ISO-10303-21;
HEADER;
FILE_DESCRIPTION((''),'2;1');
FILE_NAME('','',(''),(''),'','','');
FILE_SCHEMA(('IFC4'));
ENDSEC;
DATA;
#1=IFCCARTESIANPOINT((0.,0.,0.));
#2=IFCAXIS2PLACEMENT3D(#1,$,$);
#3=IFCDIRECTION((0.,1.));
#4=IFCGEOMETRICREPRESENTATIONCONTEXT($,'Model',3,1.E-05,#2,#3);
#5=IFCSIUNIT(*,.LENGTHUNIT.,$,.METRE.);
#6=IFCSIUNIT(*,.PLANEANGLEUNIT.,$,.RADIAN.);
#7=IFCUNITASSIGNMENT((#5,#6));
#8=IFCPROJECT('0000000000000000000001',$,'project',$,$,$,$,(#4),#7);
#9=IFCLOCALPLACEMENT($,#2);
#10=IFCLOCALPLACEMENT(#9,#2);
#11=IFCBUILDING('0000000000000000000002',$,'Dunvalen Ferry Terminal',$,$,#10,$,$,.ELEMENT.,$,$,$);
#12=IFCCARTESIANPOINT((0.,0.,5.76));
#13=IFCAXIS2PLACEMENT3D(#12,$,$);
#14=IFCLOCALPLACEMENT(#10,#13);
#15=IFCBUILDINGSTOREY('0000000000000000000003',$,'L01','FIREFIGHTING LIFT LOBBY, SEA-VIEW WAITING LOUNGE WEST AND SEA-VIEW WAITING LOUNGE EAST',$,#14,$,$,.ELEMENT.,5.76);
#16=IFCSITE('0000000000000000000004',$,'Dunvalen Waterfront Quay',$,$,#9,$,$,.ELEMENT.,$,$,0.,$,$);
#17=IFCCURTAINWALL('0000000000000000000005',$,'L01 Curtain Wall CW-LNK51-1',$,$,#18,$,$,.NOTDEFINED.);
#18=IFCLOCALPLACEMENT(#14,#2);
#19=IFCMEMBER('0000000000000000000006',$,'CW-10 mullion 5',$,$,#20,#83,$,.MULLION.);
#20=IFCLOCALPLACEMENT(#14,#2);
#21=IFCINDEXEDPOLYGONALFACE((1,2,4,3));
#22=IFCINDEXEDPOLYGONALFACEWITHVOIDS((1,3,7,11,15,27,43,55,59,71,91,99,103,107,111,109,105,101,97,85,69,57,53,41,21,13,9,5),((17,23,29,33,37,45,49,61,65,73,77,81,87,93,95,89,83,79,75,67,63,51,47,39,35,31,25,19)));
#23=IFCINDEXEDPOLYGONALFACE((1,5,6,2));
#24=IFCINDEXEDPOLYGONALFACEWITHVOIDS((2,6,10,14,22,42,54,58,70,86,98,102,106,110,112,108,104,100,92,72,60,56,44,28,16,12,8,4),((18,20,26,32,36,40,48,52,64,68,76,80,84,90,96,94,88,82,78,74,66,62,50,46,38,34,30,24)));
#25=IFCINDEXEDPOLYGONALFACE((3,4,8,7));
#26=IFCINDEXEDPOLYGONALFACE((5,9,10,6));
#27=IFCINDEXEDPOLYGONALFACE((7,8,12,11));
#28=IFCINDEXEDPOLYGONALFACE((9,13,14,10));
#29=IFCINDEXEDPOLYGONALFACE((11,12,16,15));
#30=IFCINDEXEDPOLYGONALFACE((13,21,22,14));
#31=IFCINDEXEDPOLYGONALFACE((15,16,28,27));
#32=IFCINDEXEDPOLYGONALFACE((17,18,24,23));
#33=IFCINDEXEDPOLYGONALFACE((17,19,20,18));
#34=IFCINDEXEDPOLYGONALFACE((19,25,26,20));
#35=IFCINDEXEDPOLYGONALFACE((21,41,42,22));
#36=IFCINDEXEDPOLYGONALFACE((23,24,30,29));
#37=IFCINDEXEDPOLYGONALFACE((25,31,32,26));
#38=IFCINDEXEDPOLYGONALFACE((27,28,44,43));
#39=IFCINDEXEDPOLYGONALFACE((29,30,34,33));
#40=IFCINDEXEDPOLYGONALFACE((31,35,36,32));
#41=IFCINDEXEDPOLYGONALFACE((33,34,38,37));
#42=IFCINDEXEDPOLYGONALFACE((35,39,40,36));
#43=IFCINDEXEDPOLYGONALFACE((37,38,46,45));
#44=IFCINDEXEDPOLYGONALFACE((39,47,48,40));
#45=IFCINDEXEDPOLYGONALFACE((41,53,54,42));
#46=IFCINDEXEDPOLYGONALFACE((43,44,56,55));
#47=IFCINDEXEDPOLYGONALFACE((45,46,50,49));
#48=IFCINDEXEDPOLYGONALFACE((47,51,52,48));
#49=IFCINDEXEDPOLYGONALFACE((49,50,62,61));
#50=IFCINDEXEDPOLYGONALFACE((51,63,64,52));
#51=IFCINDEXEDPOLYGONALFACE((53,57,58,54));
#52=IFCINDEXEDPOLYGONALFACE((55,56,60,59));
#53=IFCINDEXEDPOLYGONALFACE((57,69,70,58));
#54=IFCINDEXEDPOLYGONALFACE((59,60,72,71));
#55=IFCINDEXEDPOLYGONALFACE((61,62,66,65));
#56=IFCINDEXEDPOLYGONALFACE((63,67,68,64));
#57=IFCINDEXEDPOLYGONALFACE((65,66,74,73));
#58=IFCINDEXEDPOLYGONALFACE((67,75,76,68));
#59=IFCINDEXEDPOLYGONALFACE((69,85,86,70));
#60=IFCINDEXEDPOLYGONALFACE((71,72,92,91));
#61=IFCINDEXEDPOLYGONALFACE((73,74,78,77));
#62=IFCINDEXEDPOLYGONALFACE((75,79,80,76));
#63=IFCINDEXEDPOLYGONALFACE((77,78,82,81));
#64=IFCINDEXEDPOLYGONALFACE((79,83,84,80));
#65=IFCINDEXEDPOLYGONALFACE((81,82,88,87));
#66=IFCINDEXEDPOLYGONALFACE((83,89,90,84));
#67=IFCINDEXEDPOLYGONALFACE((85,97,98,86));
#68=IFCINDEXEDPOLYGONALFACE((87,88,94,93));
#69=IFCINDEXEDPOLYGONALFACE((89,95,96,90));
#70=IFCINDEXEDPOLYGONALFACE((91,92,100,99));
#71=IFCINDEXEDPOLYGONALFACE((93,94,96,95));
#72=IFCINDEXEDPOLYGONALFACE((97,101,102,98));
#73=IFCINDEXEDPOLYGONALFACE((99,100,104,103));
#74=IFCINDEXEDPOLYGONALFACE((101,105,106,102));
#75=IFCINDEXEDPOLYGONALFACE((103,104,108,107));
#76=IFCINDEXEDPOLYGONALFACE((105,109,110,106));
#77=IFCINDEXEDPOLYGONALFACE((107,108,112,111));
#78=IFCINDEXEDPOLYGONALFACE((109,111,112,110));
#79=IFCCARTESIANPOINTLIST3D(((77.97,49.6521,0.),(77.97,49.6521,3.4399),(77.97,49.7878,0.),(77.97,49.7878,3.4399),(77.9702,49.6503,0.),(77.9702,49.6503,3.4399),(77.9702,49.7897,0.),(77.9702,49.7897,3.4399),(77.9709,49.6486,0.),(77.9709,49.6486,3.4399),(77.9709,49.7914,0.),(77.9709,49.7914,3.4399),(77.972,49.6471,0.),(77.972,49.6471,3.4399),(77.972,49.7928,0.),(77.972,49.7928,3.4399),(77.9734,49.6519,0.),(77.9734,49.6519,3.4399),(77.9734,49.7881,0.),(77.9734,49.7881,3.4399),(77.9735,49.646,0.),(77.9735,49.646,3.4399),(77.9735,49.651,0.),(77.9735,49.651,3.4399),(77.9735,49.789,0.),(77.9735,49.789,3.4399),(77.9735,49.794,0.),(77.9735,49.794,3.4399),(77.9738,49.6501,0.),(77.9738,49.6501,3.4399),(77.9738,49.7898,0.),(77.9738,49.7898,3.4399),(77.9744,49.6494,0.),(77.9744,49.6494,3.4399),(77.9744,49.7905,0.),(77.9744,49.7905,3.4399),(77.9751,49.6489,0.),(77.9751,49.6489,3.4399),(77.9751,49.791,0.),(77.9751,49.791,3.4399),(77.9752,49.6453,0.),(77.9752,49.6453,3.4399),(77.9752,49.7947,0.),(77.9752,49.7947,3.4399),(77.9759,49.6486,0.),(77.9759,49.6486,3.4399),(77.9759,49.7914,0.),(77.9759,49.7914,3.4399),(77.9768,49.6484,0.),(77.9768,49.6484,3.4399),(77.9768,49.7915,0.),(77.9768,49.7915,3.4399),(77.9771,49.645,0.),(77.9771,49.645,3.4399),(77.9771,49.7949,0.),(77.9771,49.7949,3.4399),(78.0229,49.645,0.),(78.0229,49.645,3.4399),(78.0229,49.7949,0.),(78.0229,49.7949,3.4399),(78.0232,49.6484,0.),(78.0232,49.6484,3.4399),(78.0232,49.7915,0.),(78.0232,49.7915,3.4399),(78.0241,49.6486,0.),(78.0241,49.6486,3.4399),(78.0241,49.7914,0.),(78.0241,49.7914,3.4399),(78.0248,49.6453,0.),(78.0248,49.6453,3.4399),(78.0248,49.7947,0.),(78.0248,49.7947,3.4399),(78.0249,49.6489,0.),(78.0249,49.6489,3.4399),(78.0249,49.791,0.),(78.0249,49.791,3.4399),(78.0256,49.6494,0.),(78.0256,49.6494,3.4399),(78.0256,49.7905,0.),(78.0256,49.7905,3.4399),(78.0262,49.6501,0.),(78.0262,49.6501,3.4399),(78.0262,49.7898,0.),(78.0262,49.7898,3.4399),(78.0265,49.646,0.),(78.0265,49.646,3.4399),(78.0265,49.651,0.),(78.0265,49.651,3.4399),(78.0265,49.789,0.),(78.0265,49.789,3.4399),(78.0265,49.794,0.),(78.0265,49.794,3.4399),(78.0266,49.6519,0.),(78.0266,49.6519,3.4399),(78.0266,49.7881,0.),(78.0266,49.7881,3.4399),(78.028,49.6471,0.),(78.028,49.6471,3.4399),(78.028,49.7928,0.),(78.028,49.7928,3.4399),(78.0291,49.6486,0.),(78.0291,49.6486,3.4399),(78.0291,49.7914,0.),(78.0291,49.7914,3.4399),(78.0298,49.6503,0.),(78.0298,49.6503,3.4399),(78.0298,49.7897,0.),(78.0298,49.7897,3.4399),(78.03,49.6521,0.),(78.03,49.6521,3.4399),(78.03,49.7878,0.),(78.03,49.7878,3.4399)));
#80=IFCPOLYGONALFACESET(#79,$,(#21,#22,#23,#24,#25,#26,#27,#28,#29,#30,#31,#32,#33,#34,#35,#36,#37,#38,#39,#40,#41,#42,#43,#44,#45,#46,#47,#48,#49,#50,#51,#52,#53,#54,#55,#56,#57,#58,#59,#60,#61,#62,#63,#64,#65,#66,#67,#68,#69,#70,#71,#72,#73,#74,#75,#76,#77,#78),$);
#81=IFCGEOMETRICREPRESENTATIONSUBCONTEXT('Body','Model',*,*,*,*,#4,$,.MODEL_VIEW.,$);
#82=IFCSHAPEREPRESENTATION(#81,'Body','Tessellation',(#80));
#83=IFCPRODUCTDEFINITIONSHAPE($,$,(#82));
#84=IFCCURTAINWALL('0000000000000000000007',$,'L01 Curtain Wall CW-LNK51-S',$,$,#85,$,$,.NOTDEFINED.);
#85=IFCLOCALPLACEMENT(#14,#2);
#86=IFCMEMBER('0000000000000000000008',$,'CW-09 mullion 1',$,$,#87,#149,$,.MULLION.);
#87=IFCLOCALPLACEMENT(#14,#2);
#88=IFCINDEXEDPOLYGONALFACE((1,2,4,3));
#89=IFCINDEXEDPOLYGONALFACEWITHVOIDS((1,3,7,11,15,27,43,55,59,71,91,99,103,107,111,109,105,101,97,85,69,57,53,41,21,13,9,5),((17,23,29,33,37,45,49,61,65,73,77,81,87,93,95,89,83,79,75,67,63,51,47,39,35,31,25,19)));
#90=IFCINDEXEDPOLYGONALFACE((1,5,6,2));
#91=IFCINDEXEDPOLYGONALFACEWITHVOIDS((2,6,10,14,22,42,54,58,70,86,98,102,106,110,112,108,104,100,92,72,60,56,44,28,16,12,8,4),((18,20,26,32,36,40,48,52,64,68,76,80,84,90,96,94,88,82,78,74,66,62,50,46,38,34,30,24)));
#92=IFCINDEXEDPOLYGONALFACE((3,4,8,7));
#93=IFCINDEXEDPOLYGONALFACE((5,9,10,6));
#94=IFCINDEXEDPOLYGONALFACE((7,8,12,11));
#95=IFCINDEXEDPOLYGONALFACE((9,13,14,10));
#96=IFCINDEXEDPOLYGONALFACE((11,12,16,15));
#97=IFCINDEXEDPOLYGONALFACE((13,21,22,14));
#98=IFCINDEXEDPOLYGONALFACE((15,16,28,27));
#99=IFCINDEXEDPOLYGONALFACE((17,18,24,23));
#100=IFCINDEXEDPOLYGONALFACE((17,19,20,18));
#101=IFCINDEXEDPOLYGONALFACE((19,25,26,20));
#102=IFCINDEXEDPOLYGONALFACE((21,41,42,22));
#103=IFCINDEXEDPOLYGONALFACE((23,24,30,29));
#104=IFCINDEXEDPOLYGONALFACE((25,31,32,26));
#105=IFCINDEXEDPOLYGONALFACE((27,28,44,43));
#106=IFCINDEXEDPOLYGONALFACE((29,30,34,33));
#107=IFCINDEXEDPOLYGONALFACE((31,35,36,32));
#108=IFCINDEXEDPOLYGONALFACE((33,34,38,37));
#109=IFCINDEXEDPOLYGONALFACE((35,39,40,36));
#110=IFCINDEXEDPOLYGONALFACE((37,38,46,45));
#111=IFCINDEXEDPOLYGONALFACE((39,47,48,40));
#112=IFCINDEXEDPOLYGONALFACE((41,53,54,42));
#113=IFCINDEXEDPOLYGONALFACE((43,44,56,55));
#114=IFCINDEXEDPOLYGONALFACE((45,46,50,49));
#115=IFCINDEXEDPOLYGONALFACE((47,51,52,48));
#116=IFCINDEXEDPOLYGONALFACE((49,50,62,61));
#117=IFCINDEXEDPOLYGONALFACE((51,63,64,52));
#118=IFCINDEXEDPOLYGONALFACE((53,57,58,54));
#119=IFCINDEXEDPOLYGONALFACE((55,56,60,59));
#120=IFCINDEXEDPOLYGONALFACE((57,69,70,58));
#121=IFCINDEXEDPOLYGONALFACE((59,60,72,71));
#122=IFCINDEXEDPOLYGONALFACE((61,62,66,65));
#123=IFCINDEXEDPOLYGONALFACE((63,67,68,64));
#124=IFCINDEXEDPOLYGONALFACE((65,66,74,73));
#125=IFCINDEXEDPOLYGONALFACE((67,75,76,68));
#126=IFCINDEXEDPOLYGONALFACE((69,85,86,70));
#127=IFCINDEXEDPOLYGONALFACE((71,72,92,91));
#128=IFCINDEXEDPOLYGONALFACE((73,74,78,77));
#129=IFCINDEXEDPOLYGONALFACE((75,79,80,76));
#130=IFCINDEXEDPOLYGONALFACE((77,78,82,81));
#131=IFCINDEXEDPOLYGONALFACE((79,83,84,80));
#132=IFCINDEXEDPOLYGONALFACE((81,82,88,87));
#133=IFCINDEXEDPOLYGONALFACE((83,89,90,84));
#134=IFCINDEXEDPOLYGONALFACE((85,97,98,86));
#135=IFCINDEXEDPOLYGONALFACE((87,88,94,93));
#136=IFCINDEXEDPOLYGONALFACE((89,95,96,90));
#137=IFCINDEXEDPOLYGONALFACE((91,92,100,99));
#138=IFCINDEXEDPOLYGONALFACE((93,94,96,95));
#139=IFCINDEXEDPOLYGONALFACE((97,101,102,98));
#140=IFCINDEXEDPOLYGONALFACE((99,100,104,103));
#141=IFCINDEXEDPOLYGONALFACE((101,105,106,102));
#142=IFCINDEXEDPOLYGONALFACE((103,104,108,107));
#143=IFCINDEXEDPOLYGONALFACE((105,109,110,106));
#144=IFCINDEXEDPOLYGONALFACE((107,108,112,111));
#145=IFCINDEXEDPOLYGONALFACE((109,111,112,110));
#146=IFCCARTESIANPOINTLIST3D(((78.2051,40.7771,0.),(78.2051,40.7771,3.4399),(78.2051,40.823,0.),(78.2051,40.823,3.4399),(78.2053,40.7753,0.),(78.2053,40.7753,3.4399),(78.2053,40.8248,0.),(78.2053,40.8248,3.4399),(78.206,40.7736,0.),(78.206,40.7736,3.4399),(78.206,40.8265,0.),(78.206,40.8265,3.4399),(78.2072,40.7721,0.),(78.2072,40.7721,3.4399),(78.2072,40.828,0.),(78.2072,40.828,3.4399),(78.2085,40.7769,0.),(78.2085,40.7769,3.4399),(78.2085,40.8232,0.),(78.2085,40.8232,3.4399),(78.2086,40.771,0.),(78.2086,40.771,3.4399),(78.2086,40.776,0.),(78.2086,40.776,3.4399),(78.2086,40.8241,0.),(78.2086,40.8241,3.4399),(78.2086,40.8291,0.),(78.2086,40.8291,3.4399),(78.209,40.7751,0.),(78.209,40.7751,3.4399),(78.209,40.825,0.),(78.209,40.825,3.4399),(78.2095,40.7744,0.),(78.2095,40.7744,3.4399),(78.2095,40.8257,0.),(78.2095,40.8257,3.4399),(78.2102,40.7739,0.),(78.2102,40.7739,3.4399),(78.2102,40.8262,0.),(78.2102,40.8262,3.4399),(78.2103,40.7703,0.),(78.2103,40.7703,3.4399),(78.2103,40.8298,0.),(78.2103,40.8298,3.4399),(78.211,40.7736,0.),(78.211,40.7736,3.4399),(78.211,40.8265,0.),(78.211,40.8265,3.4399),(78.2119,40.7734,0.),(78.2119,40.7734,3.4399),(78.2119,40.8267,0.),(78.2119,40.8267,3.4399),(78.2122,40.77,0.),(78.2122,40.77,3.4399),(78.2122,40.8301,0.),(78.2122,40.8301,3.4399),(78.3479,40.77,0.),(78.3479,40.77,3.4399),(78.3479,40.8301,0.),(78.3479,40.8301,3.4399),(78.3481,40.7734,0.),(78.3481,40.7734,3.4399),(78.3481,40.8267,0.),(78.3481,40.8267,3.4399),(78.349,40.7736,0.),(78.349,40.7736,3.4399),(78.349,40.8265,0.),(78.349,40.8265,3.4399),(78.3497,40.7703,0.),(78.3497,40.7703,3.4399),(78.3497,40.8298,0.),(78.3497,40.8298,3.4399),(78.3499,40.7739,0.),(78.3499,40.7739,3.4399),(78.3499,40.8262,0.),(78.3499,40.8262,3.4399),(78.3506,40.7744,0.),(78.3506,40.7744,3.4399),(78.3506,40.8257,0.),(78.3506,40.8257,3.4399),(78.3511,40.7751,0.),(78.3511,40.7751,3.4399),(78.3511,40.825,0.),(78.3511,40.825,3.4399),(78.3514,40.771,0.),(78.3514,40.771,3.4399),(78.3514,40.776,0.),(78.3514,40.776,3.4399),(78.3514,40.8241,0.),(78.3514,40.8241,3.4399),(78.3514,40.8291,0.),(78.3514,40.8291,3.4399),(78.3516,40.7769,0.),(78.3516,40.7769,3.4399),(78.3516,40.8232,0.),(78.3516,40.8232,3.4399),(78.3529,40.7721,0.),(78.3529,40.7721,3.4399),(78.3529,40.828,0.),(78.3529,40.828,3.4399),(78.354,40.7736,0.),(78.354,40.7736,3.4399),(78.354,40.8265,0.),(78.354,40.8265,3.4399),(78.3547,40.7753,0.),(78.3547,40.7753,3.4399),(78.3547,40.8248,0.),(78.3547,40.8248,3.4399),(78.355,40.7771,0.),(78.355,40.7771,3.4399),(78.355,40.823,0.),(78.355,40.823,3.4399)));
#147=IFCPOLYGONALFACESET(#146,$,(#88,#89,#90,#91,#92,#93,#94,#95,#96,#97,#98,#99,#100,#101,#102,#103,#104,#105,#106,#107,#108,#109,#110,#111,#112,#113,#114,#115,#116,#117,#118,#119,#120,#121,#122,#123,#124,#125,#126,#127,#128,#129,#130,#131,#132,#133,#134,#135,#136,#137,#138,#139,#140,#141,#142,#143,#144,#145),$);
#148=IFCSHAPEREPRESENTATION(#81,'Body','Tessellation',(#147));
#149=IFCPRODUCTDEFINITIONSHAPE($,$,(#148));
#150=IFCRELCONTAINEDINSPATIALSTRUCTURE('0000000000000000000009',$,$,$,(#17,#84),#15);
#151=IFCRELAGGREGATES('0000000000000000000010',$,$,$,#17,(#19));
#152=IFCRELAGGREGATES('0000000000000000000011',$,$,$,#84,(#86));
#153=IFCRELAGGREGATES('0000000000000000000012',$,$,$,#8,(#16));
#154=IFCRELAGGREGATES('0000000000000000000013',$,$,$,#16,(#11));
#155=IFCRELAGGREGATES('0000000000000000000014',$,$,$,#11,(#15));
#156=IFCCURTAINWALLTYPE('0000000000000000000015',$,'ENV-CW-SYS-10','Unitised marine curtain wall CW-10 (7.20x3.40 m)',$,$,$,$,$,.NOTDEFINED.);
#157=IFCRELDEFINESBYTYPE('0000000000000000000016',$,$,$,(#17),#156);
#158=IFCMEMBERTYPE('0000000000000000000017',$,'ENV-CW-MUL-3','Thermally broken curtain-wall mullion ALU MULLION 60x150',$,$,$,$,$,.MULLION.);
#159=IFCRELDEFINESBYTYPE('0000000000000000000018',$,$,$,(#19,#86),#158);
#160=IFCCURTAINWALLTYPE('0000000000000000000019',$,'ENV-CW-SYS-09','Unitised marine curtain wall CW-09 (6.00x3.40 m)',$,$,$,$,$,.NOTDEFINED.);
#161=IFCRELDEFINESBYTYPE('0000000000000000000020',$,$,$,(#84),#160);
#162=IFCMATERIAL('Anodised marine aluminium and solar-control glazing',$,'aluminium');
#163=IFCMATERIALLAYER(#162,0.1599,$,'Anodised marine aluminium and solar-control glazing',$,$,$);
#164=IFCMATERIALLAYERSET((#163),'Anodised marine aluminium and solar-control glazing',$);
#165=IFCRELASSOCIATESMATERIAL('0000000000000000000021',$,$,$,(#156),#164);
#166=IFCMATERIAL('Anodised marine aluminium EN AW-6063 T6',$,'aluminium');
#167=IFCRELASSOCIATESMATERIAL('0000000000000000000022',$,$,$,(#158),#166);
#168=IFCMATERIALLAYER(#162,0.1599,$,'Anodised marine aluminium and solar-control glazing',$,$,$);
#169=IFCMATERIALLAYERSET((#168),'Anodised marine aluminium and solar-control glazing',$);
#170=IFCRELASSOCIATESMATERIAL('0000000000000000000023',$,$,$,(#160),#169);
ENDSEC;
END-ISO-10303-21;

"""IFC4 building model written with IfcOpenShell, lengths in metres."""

from ifc_helpers import new_model, si_unit, direction, frame, origin, origin_2d, place, context, subcontext, project, spatial, hollow_rectangle, extrude, material, layer, layer_set, material_profile, profile_set, type_object, element, aggregate, save


model = new_model("IFC4")

# Units and contexts
model_context = context("Model", 3, precision=1e-05, world=origin(), true_north=direction((0.0, 1.0)))
body_context = subcontext(model_context, "Body", "Model", "MODEL_VIEW")
ifc_project = project(units=[si_unit("LENGTHUNIT", "METRE"), si_unit("PLANEANGLEUNIT", "RADIAN")], contexts=[model_context])

# Site, building, storey
site_placement = place(None, origin())
site = spatial("IfcSite", under=ifc_project, at=site_placement, Name="Dunvalen Waterfront Quay", CompositionType="ELEMENT", RefElevation=0.0)
building_placement = place(site_placement, origin())
building = spatial("IfcBuilding", under=site, at=building_placement, Name="Dunvalen Ferry Terminal", CompositionType="ELEMENT")
storey_placement = place(building_placement, frame((0.0, 0.0, 5.76)))
storey = spatial("IfcBuildingStorey", under=building, at=storey_placement, Name="L01", Description="FIREFIGHTING LIFT LOBBY, SEA-VIEW WAITING LOUNGE WEST AND SEA-VIEW WAITING LOUNGE EAST", CompositionType="ELEMENT", Elevation=5.76)

# Curtain walls, members
ifc_material_1 = material(Name="Anodised marine aluminium and solar-control glazing", Category="aluminium")
ifc_layer_1 = layer(ifc_material_1, 0.1599, Name="Anodised marine aluminium and solar-control glazing")
ifc_layer_set_1 = layer_set([ifc_layer_1], Name="Anodised marine aluminium and solar-control glazing")
curtain_wall_type_1 = type_object("IfcCurtainWallType", Name="ENV-CW-SYS-10", Description="Unitised marine curtain wall CW-10 (7.20x3.40 m)", PredefinedType="NOTDEFINED", material=ifc_layer_set_1)
curtain_wall_1_placement = place(storey_placement, origin())
curtain_wall_1 = element("IfcCurtainWall", 1, at=curtain_wall_1_placement, inside=storey, type_object=curtain_wall_type_1, Name="L01 Curtain Wall CW-LNK51-1", PredefinedType="NOTDEFINED")
ifc_material_2 = material(Name="Anodised marine aluminium EN AW-6063 T6", Category="aluminium")
ifc_material_profile_1 = material_profile(ifc_material_2, hollow_rectangle(XDim=0.0601, YDim=0.1499, WallThickness=0.0034, InnerFilletRadius=0.0034, OuterFilletRadius=0.0071, at=origin_2d()), Name="Anodised marine aluminium EN AW-6063 T6")
ifc_profile_set_1 = profile_set([ifc_material_profile_1], Name="Anodised marine aluminium EN AW-6063 T6")
member_type_1 = type_object("IfcMemberType", Name="ENV-CW-MUL-3", Description="Thermally broken curtain-wall mullion ALU MULLION 60x150", PredefinedType="MULLION", material=ifc_profile_set_1)
member_1_placement = place(storey_placement, frame((78.0, 49.72, 0.0), z_axis=(0.0, 0.0, 1.0), x_axis=(-1.0, 0.0, 0.0)))
member_1 = element("IfcMember", 2, at=member_1_placement, type_object=member_type_1, Name="CW-10 mullion 5", PredefinedType="MULLION", context=body_context, shape_type="SweptSolid", body=[
    extrude(hollow_rectangle(XDim=0.0601, YDim=0.1499, WallThickness=0.0034, InnerFilletRadius=0.0034, OuterFilletRadius=0.0071, at=origin_2d()), origin(), (0.0, 0.0, 1.0), 3.4399),
])
ifc_layer_2 = layer(ifc_material_1, 0.1599, Name="Anodised marine aluminium and solar-control glazing")
ifc_layer_set_2 = layer_set([ifc_layer_2], Name="Anodised marine aluminium and solar-control glazing")
curtain_wall_type_2 = type_object("IfcCurtainWallType", Name="ENV-CW-SYS-09", Description="Unitised marine curtain wall CW-09 (6.00x3.40 m)", PredefinedType="NOTDEFINED", material=ifc_layer_set_2)
curtain_wall_2_placement = place(storey_placement, origin())
curtain_wall_2 = element("IfcCurtainWall", 3, at=curtain_wall_2_placement, inside=storey, type_object=curtain_wall_type_2, Name="L01 Curtain Wall CW-LNK51-S", PredefinedType="NOTDEFINED")
member_2_placement = place(storey_placement, frame((78.28, 40.8, 0.0), z_axis=(0.0, 0.0, 1.0), x_axis=(0.0, 1.0, 0.0)))
member_2 = element("IfcMember", 4, at=member_2_placement, type_object=member_type_1, Name="CW-09 mullion 1", PredefinedType="MULLION", context=body_context, shape_type="SweptSolid", body=[
    extrude(hollow_rectangle(XDim=0.0601, YDim=0.1499, WallThickness=0.0034, InnerFilletRadius=0.0034, OuterFilletRadius=0.0071, at=origin_2d()), origin(), (0.0, 0.0, 1.0), 3.4399),
])

aggregate(curtain_wall_1, [member_1])
aggregate(curtain_wall_2, [member_2])

save(model, "model.ifc")
